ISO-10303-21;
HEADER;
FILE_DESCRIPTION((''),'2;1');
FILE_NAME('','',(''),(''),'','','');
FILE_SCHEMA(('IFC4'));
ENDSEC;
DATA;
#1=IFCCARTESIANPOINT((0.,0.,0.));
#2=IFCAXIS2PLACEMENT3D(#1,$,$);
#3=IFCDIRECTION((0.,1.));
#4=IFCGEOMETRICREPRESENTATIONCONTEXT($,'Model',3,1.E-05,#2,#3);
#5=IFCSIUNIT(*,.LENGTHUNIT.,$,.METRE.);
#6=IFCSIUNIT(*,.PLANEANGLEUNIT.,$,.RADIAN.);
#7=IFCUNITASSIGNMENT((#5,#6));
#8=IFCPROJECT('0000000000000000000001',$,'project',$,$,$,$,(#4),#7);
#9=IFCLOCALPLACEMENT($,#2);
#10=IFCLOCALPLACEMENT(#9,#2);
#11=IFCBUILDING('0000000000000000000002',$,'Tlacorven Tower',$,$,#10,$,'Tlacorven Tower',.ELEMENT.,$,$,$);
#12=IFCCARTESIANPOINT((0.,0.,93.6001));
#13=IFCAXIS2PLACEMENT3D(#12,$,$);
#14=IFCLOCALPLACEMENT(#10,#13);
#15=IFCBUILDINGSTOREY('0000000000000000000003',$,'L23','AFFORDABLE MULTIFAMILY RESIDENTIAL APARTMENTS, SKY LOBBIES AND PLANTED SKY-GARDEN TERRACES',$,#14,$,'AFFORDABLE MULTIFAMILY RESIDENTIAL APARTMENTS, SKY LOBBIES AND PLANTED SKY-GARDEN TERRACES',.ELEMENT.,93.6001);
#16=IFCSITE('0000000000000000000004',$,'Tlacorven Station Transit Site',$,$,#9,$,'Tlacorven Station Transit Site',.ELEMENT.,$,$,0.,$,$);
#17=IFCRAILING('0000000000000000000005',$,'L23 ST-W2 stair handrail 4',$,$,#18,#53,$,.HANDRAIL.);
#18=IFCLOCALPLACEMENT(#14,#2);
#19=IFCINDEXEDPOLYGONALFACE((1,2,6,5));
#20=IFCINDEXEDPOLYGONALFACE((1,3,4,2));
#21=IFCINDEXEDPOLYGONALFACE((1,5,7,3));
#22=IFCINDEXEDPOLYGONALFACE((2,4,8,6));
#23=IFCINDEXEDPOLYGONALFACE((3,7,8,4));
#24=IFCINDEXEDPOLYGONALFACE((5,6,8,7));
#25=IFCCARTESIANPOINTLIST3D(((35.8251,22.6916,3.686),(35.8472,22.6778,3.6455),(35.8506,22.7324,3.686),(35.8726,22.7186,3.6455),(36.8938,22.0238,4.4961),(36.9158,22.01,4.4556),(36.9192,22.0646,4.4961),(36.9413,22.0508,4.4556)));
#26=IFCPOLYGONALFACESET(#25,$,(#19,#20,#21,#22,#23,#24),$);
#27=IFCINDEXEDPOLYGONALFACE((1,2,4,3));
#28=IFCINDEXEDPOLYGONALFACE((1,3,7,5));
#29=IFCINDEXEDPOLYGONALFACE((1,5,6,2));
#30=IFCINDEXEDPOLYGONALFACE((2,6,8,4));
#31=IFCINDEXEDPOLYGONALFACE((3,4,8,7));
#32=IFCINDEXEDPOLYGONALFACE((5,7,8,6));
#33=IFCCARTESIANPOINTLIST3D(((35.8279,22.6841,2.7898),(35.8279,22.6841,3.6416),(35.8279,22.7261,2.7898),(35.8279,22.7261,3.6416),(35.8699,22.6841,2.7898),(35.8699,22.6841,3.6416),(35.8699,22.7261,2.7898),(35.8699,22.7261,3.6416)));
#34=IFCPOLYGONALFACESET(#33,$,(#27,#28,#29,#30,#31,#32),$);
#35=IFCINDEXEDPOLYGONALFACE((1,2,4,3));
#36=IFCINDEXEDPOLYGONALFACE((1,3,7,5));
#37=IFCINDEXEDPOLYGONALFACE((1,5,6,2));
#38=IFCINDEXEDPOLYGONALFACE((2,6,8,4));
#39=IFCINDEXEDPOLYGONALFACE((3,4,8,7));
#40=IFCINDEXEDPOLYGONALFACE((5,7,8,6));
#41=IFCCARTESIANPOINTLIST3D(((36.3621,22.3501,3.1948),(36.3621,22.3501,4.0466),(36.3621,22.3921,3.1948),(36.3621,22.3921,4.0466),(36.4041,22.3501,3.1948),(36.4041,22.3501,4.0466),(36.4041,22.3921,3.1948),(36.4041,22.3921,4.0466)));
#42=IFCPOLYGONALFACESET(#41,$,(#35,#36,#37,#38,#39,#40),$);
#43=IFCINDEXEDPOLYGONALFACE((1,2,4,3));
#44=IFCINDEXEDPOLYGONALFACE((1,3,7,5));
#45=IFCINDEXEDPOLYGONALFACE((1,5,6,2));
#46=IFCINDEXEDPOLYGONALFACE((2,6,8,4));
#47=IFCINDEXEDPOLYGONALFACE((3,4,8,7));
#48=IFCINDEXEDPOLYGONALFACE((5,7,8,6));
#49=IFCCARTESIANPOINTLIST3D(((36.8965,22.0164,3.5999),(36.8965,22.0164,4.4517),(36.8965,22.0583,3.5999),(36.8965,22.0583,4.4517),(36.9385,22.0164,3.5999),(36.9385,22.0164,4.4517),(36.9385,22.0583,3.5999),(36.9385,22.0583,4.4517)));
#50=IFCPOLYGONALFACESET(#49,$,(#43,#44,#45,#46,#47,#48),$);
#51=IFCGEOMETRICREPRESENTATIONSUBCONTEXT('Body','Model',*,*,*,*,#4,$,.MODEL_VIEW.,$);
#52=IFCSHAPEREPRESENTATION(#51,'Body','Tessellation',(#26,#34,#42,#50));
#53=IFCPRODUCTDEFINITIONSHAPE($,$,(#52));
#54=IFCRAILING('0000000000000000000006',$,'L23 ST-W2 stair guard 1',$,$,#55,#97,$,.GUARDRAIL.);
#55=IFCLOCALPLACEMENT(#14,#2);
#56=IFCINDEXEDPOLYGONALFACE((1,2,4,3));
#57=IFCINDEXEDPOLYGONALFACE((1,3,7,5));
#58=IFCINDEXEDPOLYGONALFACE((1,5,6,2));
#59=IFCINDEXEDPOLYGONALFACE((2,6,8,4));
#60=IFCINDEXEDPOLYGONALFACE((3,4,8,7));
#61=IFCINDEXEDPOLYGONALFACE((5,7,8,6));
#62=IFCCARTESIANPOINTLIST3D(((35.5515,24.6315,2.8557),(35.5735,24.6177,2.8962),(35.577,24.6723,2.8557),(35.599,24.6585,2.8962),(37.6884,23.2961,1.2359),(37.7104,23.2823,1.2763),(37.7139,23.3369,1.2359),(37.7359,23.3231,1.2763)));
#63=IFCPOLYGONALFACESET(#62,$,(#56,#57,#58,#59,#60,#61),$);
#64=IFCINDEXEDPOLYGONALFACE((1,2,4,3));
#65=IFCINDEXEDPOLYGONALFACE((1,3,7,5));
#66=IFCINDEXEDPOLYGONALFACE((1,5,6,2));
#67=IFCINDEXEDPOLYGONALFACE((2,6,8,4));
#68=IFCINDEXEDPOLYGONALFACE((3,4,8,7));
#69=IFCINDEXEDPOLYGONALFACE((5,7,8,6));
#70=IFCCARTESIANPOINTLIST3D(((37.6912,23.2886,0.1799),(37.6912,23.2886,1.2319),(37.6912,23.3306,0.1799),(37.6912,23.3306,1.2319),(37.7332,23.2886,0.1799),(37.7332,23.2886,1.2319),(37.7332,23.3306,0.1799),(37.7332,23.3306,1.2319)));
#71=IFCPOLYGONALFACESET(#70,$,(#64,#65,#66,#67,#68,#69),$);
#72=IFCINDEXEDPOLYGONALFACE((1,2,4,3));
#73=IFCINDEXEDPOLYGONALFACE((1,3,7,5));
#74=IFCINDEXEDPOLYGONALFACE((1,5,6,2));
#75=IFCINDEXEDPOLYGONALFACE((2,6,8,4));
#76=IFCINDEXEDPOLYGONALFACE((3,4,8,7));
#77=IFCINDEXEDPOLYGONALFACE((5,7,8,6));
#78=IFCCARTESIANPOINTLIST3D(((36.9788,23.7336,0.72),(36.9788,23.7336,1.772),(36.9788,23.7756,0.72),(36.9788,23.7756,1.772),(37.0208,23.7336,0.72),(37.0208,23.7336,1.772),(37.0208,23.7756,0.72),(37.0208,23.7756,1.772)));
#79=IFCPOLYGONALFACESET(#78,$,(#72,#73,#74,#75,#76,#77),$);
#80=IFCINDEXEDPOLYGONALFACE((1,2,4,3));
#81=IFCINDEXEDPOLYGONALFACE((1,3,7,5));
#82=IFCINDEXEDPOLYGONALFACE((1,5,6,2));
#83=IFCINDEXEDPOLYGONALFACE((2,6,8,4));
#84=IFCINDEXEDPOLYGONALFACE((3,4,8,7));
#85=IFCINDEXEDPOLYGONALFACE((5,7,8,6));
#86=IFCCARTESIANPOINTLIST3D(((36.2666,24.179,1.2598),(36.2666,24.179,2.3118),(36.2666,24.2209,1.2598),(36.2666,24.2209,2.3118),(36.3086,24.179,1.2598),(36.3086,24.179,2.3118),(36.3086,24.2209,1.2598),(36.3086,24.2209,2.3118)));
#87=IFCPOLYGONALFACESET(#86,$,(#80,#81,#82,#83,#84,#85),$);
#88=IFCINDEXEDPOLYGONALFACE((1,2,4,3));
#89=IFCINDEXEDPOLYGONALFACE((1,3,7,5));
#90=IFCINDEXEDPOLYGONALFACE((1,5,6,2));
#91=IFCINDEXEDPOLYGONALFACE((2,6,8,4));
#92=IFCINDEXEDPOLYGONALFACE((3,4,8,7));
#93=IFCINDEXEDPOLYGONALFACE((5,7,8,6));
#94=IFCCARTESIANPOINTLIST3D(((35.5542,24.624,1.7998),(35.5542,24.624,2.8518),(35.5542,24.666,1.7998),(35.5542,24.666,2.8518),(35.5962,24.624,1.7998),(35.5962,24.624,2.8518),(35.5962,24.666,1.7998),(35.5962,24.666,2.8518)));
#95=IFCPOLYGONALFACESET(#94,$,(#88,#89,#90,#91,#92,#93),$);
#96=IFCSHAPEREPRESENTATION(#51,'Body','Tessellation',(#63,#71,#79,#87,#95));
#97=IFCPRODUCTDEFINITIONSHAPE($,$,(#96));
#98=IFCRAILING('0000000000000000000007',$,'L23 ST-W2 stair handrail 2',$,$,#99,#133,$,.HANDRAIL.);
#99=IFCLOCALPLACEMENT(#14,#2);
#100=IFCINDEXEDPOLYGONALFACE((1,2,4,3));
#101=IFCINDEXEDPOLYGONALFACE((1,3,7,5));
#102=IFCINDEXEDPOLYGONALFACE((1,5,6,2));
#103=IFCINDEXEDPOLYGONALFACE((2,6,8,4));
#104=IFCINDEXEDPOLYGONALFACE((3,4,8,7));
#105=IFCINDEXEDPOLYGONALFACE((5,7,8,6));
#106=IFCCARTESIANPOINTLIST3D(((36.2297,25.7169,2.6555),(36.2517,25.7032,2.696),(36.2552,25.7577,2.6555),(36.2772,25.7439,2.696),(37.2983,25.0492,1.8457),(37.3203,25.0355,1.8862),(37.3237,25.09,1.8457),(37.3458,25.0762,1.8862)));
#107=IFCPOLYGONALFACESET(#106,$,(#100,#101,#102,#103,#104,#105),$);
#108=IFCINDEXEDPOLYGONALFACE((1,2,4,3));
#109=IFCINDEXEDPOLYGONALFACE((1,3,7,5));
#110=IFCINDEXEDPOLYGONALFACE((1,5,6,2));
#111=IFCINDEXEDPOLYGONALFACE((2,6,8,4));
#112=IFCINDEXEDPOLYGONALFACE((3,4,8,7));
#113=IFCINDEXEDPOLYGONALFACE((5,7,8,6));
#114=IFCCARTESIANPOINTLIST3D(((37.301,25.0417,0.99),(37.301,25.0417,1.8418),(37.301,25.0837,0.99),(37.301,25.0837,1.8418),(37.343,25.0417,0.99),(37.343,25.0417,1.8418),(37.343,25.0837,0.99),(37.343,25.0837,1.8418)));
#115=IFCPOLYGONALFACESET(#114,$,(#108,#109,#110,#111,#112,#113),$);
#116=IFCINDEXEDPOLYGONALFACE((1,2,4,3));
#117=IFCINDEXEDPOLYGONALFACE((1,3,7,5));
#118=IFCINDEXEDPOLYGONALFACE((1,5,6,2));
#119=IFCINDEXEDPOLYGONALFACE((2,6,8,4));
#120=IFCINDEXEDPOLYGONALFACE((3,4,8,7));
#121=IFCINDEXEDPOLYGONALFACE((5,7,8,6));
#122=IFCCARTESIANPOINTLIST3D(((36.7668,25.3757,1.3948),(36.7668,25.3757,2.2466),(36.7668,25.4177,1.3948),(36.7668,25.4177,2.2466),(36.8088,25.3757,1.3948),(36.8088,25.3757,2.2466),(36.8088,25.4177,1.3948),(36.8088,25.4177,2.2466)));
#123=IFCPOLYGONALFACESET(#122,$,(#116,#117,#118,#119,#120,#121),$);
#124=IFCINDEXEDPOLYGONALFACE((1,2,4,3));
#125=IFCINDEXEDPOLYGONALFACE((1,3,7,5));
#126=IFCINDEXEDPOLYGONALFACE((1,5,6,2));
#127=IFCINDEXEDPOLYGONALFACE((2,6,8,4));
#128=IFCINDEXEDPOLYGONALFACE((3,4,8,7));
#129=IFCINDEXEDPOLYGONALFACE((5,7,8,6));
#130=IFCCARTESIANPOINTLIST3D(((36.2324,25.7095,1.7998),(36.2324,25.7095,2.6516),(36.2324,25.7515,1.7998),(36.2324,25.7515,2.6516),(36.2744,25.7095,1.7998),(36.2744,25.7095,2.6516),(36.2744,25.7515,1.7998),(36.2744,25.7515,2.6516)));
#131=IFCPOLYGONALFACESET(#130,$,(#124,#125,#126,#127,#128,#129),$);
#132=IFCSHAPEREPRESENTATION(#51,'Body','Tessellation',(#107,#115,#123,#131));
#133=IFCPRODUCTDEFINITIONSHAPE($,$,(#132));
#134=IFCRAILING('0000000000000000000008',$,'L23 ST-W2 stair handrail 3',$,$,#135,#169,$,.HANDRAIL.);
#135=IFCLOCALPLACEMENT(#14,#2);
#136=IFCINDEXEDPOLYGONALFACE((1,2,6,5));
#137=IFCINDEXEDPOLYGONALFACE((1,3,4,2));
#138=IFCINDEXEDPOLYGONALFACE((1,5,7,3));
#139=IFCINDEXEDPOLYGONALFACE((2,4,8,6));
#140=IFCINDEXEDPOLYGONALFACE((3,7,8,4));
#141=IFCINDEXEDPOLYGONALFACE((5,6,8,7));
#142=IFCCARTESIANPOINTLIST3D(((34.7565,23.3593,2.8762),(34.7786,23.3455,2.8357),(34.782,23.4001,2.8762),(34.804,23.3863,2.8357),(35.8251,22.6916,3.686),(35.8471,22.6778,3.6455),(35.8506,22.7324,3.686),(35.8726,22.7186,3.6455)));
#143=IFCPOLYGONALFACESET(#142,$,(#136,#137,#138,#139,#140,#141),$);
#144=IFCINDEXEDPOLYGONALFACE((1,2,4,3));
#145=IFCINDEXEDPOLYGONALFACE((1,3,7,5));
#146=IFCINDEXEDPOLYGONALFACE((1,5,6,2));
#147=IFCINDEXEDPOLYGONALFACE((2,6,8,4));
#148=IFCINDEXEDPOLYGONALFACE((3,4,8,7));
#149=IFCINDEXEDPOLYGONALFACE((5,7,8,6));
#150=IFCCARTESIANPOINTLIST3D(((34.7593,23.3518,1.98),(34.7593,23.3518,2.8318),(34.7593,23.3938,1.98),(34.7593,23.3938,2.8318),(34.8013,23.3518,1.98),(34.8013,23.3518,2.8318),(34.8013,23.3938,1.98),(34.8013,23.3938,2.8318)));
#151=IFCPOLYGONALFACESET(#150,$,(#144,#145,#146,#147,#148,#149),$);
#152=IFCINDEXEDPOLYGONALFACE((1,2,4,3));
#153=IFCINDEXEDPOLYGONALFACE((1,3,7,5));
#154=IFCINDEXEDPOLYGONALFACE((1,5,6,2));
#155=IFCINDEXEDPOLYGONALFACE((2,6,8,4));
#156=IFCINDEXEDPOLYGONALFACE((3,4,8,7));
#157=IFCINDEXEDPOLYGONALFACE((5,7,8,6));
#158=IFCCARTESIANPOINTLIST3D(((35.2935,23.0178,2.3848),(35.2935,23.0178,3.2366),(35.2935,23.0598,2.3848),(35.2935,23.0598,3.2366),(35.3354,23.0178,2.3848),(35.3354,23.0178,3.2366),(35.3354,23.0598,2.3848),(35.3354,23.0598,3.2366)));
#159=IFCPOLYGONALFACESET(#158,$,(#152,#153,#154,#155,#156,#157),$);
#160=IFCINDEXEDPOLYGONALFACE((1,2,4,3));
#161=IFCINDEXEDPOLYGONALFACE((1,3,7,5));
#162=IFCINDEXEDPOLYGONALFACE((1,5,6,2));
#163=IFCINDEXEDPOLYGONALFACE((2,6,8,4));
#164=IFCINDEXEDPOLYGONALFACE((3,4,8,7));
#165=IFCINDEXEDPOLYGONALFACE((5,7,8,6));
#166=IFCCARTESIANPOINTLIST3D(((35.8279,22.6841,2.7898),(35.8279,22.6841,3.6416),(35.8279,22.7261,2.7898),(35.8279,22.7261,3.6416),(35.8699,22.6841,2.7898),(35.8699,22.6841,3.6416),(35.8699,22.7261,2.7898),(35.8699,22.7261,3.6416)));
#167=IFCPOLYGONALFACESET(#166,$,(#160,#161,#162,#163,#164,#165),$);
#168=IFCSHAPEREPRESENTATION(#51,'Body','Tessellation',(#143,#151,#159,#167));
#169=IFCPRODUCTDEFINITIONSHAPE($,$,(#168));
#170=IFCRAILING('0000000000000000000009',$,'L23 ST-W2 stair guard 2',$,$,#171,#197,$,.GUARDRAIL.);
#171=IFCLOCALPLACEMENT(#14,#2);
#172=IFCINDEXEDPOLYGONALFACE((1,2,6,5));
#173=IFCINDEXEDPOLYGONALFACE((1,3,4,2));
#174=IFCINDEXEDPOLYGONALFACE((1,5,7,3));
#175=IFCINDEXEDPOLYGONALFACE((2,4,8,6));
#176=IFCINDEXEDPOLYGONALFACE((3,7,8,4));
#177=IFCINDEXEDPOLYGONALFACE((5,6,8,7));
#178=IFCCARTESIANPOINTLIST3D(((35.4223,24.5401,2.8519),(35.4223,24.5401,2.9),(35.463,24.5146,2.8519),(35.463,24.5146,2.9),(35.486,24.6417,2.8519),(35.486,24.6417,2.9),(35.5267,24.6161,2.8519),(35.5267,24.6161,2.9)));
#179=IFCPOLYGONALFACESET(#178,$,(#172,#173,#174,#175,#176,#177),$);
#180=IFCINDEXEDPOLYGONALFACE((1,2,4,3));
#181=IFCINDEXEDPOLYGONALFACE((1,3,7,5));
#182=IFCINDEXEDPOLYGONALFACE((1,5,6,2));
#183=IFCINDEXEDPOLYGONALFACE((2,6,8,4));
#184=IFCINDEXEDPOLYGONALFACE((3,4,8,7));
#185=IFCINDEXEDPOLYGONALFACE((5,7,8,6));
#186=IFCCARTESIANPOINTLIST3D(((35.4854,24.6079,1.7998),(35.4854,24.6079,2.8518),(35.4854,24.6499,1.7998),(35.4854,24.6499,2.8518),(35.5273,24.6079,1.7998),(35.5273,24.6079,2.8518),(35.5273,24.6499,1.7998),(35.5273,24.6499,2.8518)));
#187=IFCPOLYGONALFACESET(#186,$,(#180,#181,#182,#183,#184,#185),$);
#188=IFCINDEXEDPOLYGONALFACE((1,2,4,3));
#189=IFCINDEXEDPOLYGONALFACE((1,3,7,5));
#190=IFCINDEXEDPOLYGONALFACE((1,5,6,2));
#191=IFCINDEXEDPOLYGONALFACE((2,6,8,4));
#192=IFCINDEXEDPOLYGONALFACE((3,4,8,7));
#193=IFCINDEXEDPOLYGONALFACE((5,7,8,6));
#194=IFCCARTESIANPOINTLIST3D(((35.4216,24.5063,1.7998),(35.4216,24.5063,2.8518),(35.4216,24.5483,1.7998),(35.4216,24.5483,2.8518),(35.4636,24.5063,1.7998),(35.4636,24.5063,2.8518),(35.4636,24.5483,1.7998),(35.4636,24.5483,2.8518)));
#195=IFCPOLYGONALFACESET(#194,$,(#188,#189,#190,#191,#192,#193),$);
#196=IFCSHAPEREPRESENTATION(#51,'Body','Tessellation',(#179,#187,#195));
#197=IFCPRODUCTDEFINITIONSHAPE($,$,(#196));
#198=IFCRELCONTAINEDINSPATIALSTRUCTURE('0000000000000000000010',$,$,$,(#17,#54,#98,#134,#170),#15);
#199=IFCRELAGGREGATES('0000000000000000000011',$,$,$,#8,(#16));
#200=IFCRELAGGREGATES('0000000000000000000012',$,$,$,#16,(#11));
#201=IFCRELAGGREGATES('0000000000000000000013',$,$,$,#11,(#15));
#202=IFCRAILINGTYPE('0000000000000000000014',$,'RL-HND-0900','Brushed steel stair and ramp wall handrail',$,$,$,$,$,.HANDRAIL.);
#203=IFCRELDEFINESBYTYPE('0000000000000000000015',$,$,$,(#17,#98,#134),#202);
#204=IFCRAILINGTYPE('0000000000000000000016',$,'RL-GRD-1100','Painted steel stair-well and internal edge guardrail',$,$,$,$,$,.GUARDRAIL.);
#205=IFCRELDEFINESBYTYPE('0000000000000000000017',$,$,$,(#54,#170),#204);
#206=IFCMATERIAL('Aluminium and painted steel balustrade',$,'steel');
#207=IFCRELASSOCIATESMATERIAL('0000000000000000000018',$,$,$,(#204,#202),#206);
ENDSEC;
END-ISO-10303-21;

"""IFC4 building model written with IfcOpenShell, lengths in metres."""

from ifc_helpers import new_model, si_unit, direction, frame, origin, origin_2d, place, context, subcontext, project, spatial, rectangle, extrude, source, transform, mapped, material, type_object, element, save


model = new_model("IFC4")

# Units and contexts
model_context = context("Model", 3, precision=1e-05, world=origin(), true_north=direction((0.0, 1.0)))
body_context = subcontext(model_context, "Body", "Model", "MODEL_VIEW")
ifc_project = project(units=[si_unit("LENGTHUNIT", "METRE"), si_unit("PLANEANGLEUNIT", "RADIAN")], contexts=[model_context])

# Site, building, storey
site_placement = place(None, origin())
site = spatial("IfcSite", under=ifc_project, at=site_placement, Name="Tlacorven Station Transit Site", LongName="Tlacorven Station Transit Site", CompositionType="ELEMENT", RefElevation=0.0)
building_placement = place(site_placement, origin())
building = spatial("IfcBuilding", under=site, at=building_placement, Name="Tlacorven Tower", LongName="Tlacorven Tower", CompositionType="ELEMENT")
storey_placement = place(building_placement, frame((0.0, 0.0, 93.6001)))
storey = spatial("IfcBuildingStorey", under=building, at=storey_placement, Name="L23", Description="AFFORDABLE MULTIFAMILY RESIDENTIAL APARTMENTS, SKY LOBBIES AND PLANTED SKY-GARDEN TERRACES", LongName="AFFORDABLE MULTIFAMILY RESIDENTIAL APARTMENTS, SKY LOBBIES AND PLANTED SKY-GARDEN TERRACES", CompositionType="ELEMENT", Elevation=93.6001)

# Railings
ifc_material_1 = material(Name="Aluminium and painted steel balustrade", Category="steel")
railing_type_1 = type_object("IfcRailingType", Name="RL-GRD-1100", Description="Painted steel stair-well and internal edge guardrail", PredefinedType="GUARDRAIL", material=ifc_material_1)
railing_type_2 = type_object("IfcRailingType", Name="RL-HND-0900", Description="Brushed steel stair and ramp wall handrail", PredefinedType="HANDRAIL", material=ifc_material_1)
shared_shape_1 = source(origin(), body_context, "Body", "SweptSolid", [
    extrude(rectangle(XDim=0.0481, YDim=0.0481, at=origin_2d()), frame((0.0, 0.0, 0.876), z_axis=(0.71336, -0.445748, 0.540765), x_axis=(0.529912, 0.848053, 0.0)), (0.0, 0.0, 1.0), 1.498),
    extrude(rectangle(XDim=0.042, YDim=0.042, at=origin_2d()), origin(), (0.0, 0.0, 1.0), 0.8518),
    extrude(rectangle(XDim=0.042, YDim=0.042, at=origin_2d()), frame((0.5342, -0.334, 0.405)), (0.0, 0.0, 1.0), 0.8518),
    extrude(rectangle(XDim=0.042, YDim=0.042, at=origin_2d()), frame((1.0686, -0.6677, 0.8101)), (0.0, 0.0, 1.0), 0.8518),
])
railing_1_placement = place(storey_placement, frame((35.8489, 22.7051, 2.7898)))
element("IfcRailing", 1, at=railing_1_placement, inside=storey, type_object=railing_type_2, Name="L23 ST-W2 stair handrail 4", PredefinedType="HANDRAIL", context=body_context, shape_type="MappedRepresentation", body=[
    mapped(shared_shape_1, transform((0.0, 0.0, 0.0), scale=1.0)),
])
shared_shape_2 = source(origin(), body_context, "Body", "SweptSolid", [
    extrude(rectangle(XDim=0.0481, YDim=0.0481, at=origin_2d()), frame((0.0, 0.0, 1.0762), z_axis=(-0.713351, 0.445794, 0.540739), x_axis=(-0.529955, -0.848026, 0.0)), (0.0, 0.0, 1.0), 2.9956),
    extrude(rectangle(XDim=0.042, YDim=0.042, at=origin_2d()), origin(), (0.0, 0.0, 1.0), 1.052),
    extrude(rectangle(XDim=0.042, YDim=0.042, at=origin_2d()), frame((-0.7124, 0.4451, 0.54)), (0.0, 0.0, 1.0), 1.052),
    extrude(rectangle(XDim=0.042, YDim=0.042, at=origin_2d()), frame((-1.4246, 0.8904, 1.0798)), (0.0, 0.0, 1.0), 1.052),
    extrude(rectangle(XDim=0.042, YDim=0.042, at=origin_2d()), frame((-2.137, 1.3354, 1.6199)), (0.0, 0.0, 1.0), 1.052),
])
railing_2_placement = place(storey_placement, frame((37.7122, 23.3096, 0.1799)))
element("IfcRailing", 2, at=railing_2_placement, inside=storey, type_object=railing_type_1, Name="L23 ST-W2 stair guard 1", PredefinedType="GUARDRAIL", context=body_context, shape_type="MappedRepresentation", body=[
    mapped(shared_shape_2, transform((0.0, 0.0, 0.0), scale=1.0)),
])
shared_shape_3 = source(origin(), body_context, "Body", "SweptSolid", [
    extrude(rectangle(XDim=0.0481, YDim=0.0481, at=origin_2d()), frame((0.0, 0.0, 0.876), z_axis=(-0.713423, 0.445787, 0.540649), x_axis=(-0.529912, -0.848053, 0.0)), (0.0, 0.0, 1.0), 1.4978),
    extrude(rectangle(XDim=0.042, YDim=0.042, at=origin_2d()), origin(), (0.0, 0.0, 1.0), 0.8518),
    extrude(rectangle(XDim=0.042, YDim=0.042, at=origin_2d()), frame((-0.5342, 0.334, 0.4048)), (0.0, 0.0, 1.0), 0.8518),
    extrude(rectangle(XDim=0.042, YDim=0.042, at=origin_2d()), frame((-1.0686, 0.6677, 0.8098)), (0.0, 0.0, 1.0), 0.8518),
])
railing_3_placement = place(storey_placement, frame((37.322, 25.0627, 0.99)))
element("IfcRailing", 3, at=railing_3_placement, inside=storey, type_object=railing_type_2, Name="L23 ST-W2 stair handrail 2", PredefinedType="HANDRAIL", context=body_context, shape_type="MappedRepresentation", body=[
    mapped(shared_shape_3, transform((0.0, 0.0, 0.0), scale=1.0)),
])
shared_shape_4 = source(origin(), body_context, "Body", "SweptSolid", [
    extrude(rectangle(XDim=0.0481, YDim=0.0481, at=origin_2d()), frame((0.0, 0.0, 0.876), z_axis=(0.713423, -0.445787, 0.540649), x_axis=(0.529912, 0.848053, 0.0)), (0.0, 0.0, 1.0), 1.4978),
    extrude(rectangle(XDim=0.042, YDim=0.042, at=origin_2d()), origin(), (0.0, 0.0, 1.0), 0.8518),
    extrude(rectangle(XDim=0.042, YDim=0.042, at=origin_2d()), frame((0.5342, -0.334, 0.4048)), (0.0, 0.0, 1.0), 0.8518),
    extrude(rectangle(XDim=0.042, YDim=0.042, at=origin_2d()), frame((1.0686, -0.6677, 0.8098)), (0.0, 0.0, 1.0), 0.8518),
])
railing_4_placement = place(storey_placement, frame((34.7803, 23.3728, 1.98)))
element("IfcRailing", 4, at=railing_4_placement, inside=storey, type_object=railing_type_2, Name="L23 ST-W2 stair handrail 3", PredefinedType="HANDRAIL", context=body_context, shape_type="MappedRepresentation", body=[
    mapped(shared_shape_4, transform((0.0, 0.0, 0.0), scale=1.0)),
])
shared_shape_5 = source(origin(), body_context, "Body", "SweptSolid", [
    extrude(rectangle(XDim=0.0481, YDim=0.0481, at=origin_2d()), frame((0.0, 0.0, 1.0762), z_axis=(-0.531462, -0.847082, 0.0), x_axis=(0.847082, -0.531462, 0.0)), (0.0, 0.0, 1.0), 0.1199),
    extrude(rectangle(XDim=0.042, YDim=0.042, at=origin_2d()), origin(), (0.0, 0.0, 1.0), 1.052),
    extrude(rectangle(XDim=0.042, YDim=0.042, at=origin_2d()), frame((-0.0637, -0.1016, 0.0)), (0.0, 0.0, 1.0), 1.052),
])
railing_5_placement = place(storey_placement, frame((35.5063, 24.6289, 1.7998)))
element("IfcRailing", 5, at=railing_5_placement, inside=storey, type_object=railing_type_1, Name="L23 ST-W2 stair guard 2", PredefinedType="GUARDRAIL", context=body_context, shape_type="MappedRepresentation", body=[
    mapped(shared_shape_5, transform((0.0, 0.0, 0.0), scale=1.0)),
])

save(model, "model.ifc")
